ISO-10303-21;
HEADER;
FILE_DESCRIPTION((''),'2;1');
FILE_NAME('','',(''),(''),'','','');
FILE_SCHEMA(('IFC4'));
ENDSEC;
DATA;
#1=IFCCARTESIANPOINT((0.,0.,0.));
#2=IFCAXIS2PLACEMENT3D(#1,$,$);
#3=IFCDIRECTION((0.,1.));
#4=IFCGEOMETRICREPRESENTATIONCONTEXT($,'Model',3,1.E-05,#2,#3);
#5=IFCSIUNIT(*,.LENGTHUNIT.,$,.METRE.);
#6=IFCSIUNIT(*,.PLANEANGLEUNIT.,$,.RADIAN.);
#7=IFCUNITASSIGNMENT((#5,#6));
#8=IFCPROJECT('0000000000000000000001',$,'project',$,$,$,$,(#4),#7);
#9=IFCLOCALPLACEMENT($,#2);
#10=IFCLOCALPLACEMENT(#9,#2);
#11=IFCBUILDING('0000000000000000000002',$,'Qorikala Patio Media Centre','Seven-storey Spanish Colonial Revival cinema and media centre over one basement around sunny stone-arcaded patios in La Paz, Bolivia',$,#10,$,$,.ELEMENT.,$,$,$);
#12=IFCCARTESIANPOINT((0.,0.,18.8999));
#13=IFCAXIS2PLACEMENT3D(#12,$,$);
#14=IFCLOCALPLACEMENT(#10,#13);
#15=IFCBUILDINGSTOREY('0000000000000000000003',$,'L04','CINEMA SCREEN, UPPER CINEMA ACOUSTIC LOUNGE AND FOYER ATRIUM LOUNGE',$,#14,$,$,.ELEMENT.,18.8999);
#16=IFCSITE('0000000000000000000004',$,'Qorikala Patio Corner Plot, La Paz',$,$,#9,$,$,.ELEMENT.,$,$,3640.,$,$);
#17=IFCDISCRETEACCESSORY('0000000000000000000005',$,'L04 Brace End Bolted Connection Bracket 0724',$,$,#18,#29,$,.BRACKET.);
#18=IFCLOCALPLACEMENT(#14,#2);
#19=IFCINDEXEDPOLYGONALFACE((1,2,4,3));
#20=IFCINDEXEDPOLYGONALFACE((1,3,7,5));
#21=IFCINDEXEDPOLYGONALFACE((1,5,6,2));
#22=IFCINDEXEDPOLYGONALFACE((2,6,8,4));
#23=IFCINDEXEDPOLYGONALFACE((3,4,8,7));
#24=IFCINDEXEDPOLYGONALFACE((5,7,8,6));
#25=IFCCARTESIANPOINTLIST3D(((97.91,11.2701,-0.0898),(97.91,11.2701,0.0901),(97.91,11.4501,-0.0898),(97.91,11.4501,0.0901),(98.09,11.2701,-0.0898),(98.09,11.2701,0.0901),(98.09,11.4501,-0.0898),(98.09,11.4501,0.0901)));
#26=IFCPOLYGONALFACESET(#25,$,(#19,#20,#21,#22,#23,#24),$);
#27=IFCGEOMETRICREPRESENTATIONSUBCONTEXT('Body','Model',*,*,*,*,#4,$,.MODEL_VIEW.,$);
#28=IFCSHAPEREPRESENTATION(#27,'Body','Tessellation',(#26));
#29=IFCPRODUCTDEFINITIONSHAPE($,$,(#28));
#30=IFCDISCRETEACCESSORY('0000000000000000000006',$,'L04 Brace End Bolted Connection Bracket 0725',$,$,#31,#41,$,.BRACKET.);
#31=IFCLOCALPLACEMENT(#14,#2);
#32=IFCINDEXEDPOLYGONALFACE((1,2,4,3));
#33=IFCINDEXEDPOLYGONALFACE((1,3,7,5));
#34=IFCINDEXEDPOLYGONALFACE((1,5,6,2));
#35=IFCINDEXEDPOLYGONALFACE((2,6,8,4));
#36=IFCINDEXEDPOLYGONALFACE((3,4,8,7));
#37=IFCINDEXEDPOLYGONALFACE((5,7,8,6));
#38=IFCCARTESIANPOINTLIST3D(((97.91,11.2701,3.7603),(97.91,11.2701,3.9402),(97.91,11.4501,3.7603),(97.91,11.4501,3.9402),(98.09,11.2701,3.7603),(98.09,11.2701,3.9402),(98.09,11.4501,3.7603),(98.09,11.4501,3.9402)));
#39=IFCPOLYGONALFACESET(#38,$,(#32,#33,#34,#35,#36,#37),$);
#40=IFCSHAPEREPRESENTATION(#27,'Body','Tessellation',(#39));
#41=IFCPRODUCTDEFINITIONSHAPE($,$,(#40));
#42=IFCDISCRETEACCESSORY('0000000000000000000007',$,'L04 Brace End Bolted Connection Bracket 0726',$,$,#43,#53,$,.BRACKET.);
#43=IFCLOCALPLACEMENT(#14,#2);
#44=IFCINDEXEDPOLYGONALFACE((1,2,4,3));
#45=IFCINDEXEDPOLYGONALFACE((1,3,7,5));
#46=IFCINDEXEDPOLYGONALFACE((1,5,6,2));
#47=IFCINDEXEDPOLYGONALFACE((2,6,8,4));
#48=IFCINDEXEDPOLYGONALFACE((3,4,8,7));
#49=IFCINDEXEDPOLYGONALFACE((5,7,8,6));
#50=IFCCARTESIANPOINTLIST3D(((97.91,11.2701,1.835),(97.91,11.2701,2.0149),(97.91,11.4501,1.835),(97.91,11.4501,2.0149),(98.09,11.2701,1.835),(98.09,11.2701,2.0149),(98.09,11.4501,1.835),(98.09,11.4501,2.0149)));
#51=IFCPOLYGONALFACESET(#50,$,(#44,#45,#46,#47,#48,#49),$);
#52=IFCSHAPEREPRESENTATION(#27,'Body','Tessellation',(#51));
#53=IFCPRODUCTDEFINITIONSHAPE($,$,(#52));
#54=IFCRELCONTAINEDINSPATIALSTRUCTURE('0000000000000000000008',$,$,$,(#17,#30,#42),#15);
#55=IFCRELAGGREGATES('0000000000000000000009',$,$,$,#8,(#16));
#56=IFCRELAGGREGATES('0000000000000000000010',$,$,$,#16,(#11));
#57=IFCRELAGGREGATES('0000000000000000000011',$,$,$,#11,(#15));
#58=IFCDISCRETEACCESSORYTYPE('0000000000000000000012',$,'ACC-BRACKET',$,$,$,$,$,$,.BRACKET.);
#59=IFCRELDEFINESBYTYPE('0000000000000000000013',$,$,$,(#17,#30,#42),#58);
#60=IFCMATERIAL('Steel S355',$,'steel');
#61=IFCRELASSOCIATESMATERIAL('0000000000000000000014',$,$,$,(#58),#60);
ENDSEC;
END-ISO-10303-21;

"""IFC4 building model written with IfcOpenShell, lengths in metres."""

from ifc_helpers import new_model, si_unit, direction, frame, origin, origin_2d, place, context, subcontext, project, spatial, rectangle, extrude, material, type_object, element, save


model = new_model("IFC4")

# Units and contexts
model_context = context("Model", 3, precision=1e-05, world=origin(), true_north=direction((0.0, 1.0)))
body_context = subcontext(model_context, "Body", "Model", "MODEL_VIEW")
ifc_project = project(units=[si_unit("LENGTHUNIT", "METRE"), si_unit("PLANEANGLEUNIT", "RADIAN")], contexts=[model_context])

# Site, building, storey
site_placement = place(None, origin())
site = spatial("IfcSite", under=ifc_project, at=site_placement, Name="Qorikala Patio Corner Plot, La Paz", CompositionType="ELEMENT", RefElevation=3640.0)
building_placement = place(site_placement, origin())
building = spatial("IfcBuilding", under=site, at=building_placement, Name="Qorikala Patio Media Centre", Description="Seven-storey Spanish Colonial Revival cinema and media centre over one basement around sunny stone-arcaded patios in La Paz, Bolivia", CompositionType="ELEMENT")
storey_placement = place(building_placement, frame((0.0, 0.0, 18.8999)))
storey = spatial("IfcBuildingStorey", under=building, at=storey_placement, Name="L04", Description="CINEMA SCREEN, UPPER CINEMA ACOUSTIC LOUNGE AND FOYER ATRIUM LOUNGE", CompositionType="ELEMENT", Elevation=18.8999)

# Discrete accessories
ifc_material_1 = material(Name="Steel S355", Category="steel")
discrete_accessory_type = type_object("IfcDiscreteAccessoryType", Name="ACC-BRACKET", PredefinedType="BRACKET", material=ifc_material_1)
for number, where, z_axis, x_axis, name in (
    (1, (98.0, 11.3601, -0.0898), (0.0, 0.0, 1.0), (1.0, 0.0, 0.0), "L04 Brace End Bolted Connection Bracket 0724"),
    (2, (98.0, 11.3601, 3.7603), (0.0, 0.0, 1.0), (1.0, 0.0, 0.0), "L04 Brace End Bolted Connection Bracket 0725"),
    (3, (98.0, 11.3601, 1.835), (0.0, 0.0, 1.0), (1.0, 0.0, 0.0), "L04 Brace End Bolted Connection Bracket 0726"),
):
    element("IfcDiscreteAccessory", number, at=place(storey_placement, frame(where, z_axis=z_axis, x_axis=x_axis)), inside=storey, type_object=discrete_accessory_type, Name=name, PredefinedType="BRACKET", context=body_context, shape_type="SweptSolid", body=[
        extrude(rectangle(XDim=0.1799, YDim=0.1799, at=origin_2d()), origin(), (0.0, 0.0, 1.0), 0.1799),
    ])

save(model, "model.ifc")
